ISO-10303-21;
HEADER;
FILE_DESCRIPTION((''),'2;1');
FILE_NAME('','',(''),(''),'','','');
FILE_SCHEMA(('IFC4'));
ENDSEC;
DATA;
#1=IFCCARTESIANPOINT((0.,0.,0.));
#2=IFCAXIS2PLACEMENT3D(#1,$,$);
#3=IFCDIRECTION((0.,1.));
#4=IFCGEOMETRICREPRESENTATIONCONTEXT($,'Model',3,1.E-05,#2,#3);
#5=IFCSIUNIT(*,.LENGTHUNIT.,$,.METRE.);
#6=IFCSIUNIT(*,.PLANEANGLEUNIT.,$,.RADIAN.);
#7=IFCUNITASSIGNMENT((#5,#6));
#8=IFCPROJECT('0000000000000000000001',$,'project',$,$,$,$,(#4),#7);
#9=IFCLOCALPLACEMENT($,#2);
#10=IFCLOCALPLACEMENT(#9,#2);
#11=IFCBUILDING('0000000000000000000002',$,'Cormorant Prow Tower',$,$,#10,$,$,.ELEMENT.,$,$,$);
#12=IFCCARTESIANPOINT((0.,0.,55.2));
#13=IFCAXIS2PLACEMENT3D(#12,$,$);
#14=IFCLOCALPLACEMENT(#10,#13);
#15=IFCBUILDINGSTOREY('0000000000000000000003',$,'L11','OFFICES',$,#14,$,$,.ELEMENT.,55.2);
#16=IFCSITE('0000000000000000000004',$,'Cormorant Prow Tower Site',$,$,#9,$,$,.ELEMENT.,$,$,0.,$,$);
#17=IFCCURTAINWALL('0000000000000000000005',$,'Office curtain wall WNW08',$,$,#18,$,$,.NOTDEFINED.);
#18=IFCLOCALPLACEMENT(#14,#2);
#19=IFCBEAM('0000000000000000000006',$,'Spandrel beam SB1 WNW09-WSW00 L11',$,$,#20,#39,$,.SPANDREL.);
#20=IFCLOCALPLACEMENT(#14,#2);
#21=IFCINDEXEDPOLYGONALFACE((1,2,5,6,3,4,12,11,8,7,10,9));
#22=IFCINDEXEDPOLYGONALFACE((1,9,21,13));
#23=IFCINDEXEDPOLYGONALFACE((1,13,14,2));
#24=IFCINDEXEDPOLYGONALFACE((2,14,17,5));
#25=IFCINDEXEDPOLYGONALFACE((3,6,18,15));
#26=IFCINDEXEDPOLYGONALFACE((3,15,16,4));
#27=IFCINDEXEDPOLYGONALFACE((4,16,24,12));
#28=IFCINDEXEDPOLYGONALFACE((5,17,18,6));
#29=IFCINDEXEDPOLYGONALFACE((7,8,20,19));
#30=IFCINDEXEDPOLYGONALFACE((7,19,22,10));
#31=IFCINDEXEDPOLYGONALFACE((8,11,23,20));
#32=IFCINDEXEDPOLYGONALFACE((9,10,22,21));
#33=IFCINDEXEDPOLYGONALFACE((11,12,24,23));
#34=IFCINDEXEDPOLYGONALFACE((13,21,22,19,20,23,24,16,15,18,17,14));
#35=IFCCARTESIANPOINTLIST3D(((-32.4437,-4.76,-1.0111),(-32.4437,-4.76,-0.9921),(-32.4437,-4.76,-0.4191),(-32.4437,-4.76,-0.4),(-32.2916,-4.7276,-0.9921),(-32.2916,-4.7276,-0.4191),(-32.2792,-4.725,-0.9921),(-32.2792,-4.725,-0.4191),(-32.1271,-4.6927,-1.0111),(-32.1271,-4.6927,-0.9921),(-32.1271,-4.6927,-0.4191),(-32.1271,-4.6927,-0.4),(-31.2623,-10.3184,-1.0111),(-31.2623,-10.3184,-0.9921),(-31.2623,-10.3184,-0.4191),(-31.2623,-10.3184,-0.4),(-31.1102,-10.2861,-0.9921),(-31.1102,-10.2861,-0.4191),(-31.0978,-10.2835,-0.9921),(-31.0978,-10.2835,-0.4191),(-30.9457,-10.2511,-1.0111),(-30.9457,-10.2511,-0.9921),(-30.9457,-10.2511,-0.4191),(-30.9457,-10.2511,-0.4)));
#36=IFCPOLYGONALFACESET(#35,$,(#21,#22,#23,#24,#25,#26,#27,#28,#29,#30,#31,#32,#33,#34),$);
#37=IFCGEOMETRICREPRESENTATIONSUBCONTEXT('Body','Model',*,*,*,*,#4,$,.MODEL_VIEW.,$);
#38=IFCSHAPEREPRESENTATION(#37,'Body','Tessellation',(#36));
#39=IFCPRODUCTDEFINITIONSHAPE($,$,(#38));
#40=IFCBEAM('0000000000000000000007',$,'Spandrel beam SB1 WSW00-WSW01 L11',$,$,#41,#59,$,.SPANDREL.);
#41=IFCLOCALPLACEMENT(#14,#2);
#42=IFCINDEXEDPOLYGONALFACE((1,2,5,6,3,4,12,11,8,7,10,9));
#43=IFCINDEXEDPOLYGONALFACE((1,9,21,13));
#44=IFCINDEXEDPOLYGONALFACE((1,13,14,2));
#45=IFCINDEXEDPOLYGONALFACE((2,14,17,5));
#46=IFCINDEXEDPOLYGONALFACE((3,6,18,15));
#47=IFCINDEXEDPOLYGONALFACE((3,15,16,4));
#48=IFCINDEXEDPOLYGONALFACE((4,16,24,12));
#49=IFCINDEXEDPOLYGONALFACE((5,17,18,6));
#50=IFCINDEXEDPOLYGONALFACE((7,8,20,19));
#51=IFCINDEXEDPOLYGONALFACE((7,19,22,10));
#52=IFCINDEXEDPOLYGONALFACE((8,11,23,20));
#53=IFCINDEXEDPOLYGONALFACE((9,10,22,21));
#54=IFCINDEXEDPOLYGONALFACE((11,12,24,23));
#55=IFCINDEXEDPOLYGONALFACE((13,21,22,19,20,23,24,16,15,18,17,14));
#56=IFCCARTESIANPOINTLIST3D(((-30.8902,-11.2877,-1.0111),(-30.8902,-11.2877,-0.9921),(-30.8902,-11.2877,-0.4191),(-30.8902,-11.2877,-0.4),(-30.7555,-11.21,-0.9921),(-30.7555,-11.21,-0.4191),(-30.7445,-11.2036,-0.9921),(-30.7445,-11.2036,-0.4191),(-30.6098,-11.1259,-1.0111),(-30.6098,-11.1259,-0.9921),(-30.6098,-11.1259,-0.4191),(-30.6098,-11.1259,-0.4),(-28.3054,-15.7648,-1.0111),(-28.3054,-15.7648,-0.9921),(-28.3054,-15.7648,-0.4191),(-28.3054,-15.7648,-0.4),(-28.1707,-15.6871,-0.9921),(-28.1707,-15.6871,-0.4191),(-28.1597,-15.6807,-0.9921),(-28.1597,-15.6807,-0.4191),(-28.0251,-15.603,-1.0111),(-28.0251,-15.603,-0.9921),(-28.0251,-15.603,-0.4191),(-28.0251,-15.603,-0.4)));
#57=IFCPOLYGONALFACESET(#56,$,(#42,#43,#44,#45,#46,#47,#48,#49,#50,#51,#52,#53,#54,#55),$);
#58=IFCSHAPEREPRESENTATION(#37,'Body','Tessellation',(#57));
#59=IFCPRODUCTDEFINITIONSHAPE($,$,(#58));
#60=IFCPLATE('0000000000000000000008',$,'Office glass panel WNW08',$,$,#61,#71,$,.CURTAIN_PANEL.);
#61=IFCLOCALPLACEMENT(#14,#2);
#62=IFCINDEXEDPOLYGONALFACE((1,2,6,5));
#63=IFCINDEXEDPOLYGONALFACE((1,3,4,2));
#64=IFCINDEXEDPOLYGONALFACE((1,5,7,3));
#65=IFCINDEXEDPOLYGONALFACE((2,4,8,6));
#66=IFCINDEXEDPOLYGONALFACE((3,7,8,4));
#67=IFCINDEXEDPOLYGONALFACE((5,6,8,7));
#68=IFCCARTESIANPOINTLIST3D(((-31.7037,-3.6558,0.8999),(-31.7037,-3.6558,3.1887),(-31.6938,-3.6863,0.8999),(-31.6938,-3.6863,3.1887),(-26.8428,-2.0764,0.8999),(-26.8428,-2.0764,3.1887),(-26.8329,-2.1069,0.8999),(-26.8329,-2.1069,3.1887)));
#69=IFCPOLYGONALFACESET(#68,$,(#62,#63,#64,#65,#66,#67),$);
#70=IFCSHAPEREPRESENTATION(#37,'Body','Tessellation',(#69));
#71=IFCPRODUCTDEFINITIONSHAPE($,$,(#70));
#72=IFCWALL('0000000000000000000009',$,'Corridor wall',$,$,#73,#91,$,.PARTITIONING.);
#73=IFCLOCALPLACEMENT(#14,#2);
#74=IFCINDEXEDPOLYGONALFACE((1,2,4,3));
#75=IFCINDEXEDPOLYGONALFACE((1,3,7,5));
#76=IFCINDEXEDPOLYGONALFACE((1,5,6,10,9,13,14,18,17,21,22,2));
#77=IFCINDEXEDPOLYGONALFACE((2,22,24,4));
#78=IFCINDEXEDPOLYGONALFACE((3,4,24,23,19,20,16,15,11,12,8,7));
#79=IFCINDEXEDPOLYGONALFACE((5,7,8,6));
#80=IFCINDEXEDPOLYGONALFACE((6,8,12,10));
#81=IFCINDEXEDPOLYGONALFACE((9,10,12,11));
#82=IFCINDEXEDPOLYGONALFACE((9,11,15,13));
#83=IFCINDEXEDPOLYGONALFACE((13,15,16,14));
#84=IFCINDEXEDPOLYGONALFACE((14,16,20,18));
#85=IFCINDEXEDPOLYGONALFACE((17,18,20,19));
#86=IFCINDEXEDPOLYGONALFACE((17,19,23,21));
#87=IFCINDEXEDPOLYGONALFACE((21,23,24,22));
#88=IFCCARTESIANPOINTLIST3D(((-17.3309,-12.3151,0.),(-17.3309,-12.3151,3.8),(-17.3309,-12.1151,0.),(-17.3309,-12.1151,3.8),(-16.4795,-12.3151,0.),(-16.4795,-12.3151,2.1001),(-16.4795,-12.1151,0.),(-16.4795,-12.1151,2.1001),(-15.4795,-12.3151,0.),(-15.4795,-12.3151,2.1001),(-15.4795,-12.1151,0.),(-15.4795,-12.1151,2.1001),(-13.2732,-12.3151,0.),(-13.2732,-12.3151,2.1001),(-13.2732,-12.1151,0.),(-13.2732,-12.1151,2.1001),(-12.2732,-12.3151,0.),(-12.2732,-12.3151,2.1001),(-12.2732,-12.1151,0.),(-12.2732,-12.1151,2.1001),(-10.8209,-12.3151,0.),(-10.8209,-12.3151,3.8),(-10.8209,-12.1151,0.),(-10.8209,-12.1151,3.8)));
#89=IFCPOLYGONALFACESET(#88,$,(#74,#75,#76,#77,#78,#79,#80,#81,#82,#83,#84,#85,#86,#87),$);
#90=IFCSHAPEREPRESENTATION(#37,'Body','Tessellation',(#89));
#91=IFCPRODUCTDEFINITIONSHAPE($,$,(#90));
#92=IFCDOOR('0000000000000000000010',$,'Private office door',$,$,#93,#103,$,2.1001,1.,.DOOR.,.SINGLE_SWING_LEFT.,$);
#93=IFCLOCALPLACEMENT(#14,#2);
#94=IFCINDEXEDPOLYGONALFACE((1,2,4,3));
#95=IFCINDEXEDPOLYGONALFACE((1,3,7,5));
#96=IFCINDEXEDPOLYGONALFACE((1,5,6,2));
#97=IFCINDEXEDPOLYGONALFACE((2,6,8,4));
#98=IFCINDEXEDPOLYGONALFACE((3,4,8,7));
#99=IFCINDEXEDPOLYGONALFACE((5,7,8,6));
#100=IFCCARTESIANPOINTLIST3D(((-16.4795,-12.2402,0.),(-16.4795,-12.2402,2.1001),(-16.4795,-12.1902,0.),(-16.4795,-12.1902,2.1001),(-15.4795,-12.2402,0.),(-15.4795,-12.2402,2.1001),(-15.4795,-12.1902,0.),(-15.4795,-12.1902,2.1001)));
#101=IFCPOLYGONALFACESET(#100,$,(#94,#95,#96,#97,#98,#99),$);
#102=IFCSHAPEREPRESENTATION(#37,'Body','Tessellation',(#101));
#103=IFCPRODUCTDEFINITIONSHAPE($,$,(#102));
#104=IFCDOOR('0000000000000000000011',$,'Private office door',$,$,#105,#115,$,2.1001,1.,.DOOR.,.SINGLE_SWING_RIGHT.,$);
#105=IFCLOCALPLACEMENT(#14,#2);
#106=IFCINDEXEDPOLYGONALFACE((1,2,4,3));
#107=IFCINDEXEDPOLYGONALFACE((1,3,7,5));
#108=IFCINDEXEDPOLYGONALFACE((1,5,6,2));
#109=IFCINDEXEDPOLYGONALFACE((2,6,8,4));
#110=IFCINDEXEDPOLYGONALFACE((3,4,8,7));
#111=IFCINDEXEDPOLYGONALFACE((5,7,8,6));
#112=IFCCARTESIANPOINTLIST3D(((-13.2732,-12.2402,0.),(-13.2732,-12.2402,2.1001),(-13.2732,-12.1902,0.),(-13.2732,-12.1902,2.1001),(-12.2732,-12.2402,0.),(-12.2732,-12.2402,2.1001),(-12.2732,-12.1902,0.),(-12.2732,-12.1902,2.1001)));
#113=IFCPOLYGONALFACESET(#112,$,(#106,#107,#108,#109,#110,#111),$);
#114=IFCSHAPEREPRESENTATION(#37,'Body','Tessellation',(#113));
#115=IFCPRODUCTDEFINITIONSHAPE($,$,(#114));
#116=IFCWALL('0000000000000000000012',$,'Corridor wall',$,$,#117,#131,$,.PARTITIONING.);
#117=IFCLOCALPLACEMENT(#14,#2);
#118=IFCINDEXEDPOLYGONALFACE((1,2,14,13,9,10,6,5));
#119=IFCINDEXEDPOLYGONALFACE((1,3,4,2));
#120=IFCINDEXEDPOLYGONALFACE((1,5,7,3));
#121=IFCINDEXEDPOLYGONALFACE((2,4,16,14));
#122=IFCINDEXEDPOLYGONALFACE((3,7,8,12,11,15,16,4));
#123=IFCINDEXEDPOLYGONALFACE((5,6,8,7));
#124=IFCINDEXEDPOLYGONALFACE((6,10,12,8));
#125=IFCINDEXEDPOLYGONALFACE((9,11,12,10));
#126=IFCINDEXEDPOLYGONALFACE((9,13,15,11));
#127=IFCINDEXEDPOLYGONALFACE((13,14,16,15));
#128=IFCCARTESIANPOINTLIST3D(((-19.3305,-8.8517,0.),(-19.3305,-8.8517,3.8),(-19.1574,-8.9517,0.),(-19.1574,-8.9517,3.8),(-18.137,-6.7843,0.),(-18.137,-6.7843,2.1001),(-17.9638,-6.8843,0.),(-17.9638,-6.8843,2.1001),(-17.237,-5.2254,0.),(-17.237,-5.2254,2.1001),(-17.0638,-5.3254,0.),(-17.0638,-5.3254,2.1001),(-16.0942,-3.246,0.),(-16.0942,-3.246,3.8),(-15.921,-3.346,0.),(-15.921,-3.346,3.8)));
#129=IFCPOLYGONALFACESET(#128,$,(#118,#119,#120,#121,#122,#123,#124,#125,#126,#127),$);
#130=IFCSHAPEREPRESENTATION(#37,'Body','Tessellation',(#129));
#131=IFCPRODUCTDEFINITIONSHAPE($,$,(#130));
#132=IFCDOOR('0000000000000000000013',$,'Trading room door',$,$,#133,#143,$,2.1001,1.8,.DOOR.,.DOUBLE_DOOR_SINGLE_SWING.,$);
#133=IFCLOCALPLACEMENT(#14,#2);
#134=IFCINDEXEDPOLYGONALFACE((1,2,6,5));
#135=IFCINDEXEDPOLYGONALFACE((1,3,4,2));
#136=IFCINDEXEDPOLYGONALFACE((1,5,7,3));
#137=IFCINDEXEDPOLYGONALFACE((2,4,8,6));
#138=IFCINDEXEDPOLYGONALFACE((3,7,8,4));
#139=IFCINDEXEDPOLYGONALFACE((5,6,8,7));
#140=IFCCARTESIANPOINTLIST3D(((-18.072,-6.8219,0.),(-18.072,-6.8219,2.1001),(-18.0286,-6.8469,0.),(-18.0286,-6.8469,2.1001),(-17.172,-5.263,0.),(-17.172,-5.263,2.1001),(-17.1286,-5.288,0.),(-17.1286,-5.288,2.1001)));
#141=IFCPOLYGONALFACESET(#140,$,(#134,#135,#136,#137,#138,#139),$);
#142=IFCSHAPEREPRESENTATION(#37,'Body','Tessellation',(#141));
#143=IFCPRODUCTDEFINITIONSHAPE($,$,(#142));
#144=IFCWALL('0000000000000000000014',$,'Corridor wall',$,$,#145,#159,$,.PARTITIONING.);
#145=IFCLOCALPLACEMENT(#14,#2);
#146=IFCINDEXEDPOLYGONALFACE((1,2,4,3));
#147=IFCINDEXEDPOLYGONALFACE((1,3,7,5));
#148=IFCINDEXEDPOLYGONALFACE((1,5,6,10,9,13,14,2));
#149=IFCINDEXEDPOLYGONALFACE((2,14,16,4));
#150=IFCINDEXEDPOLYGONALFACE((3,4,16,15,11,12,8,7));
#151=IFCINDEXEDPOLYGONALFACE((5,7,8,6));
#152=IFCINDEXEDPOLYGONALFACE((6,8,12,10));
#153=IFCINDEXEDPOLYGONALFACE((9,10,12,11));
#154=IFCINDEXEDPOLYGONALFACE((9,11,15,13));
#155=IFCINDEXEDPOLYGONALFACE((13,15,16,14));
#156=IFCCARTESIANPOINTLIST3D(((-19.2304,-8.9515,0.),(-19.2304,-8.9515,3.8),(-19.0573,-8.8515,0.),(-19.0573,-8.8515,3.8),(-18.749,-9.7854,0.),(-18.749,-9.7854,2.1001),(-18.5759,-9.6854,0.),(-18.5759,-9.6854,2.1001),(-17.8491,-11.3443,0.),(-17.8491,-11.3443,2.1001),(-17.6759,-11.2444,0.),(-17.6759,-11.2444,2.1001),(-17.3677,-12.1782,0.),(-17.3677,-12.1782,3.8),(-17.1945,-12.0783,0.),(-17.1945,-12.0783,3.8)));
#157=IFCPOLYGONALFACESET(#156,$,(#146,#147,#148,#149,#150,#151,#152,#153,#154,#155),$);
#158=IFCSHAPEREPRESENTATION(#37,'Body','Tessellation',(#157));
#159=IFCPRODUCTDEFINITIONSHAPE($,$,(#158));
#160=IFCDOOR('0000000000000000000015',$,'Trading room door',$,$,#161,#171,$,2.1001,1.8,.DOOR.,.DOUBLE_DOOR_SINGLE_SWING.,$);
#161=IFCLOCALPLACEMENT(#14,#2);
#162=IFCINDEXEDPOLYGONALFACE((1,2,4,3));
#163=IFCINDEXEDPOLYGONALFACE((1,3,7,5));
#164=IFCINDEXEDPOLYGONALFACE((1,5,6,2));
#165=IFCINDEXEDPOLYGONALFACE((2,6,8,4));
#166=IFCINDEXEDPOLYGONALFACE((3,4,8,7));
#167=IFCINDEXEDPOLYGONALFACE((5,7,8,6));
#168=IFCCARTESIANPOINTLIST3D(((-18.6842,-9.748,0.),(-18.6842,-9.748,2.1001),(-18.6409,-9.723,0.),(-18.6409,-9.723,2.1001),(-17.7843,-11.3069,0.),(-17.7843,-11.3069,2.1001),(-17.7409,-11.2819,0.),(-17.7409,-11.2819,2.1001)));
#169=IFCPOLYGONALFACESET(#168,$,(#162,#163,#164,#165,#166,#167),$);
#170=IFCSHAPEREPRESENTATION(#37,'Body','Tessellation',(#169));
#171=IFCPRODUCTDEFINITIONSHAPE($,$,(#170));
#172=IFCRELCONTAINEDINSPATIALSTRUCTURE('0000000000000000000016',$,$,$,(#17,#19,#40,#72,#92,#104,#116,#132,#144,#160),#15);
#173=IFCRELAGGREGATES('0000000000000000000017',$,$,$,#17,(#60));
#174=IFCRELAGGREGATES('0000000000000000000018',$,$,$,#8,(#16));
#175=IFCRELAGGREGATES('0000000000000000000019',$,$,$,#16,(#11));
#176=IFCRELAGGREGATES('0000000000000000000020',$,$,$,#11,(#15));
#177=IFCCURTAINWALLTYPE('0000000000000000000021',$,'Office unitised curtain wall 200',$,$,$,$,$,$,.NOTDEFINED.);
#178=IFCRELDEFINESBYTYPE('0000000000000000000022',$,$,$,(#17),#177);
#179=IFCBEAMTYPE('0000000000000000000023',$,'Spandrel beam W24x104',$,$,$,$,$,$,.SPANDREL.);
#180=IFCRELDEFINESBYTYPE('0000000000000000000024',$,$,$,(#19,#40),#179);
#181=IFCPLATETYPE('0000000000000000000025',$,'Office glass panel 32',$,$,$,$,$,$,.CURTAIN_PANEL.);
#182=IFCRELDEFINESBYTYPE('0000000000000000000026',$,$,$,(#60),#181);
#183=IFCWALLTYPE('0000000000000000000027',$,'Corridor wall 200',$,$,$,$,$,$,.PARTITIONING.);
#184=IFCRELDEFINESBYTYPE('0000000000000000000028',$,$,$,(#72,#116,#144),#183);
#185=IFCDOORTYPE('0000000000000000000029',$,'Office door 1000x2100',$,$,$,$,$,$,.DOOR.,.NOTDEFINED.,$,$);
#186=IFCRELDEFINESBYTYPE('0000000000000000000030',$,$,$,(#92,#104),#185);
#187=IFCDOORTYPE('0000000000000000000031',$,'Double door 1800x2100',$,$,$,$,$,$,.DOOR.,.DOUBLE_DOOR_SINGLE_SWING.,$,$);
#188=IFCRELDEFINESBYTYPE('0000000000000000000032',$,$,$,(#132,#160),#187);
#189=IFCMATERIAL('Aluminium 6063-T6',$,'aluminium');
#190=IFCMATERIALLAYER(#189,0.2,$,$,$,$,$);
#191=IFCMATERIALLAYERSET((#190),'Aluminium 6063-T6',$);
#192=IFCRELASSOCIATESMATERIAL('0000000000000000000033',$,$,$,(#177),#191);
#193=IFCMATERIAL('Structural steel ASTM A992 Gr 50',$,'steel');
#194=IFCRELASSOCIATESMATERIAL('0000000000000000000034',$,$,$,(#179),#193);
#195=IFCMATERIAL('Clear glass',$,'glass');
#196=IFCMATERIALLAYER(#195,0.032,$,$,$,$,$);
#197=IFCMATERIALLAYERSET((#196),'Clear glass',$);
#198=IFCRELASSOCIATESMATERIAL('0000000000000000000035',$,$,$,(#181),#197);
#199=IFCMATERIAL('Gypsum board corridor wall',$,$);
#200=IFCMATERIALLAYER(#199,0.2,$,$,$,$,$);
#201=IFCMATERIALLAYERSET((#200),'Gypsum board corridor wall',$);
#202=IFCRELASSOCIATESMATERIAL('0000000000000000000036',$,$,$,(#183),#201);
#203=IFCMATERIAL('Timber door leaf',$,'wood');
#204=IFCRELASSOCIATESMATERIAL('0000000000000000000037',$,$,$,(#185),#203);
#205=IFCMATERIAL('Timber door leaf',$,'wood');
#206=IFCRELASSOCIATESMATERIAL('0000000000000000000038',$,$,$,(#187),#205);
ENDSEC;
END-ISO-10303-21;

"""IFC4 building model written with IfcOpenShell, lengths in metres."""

from ifc_helpers import new_model, si_unit, direction, frame, frame_2d, origin, origin_2d, place, context, subcontext, project, spatial, rectangle, i_section, extrude, material, layer, layer_set, material_profile, profile_set, type_object, element, fill, aggregate, save


model = new_model("IFC4")

# Units and contexts
model_context = context("Model", 3, precision=1e-05, world=origin(), true_north=direction((0.0, 1.0)))
body_context = subcontext(model_context, "Body", "Model", "MODEL_VIEW")
ifc_project = project(units=[si_unit("LENGTHUNIT", "METRE"), si_unit("PLANEANGLEUNIT", "RADIAN")], contexts=[model_context])

# Site, building, storey
site_placement = place(None, origin())
site = spatial("IfcSite", under=ifc_project, at=site_placement, Name="Cormorant Prow Tower Site", CompositionType="ELEMENT", RefElevation=0.0)
building_placement = place(site_placement, origin())
building = spatial("IfcBuilding", under=site, at=building_placement, Name="Cormorant Prow Tower", CompositionType="ELEMENT")
storey_placement = place(building_placement, frame((0.0, 0.0, 55.2)))
storey = spatial("IfcBuildingStorey", under=building, at=storey_placement, Name="L11", Description="OFFICES", CompositionType="ELEMENT", Elevation=55.2)

# Curtain wall
ifc_material_1 = material(Name="Aluminium 6063-T6", Category="aluminium")
ifc_layer_1 = layer(ifc_material_1, 0.2)
ifc_layer_set_1 = layer_set([ifc_layer_1], Name="Aluminium 6063-T6")
curtain_wall_type = type_object("IfcCurtainWallType", Name="Office unitised curtain wall 200", PredefinedType="NOTDEFINED", material=ifc_layer_set_1)
curtain_wall_placement = place(storey_placement, origin())
curtain_wall = element("IfcCurtainWall", 1, at=curtain_wall_placement, inside=storey, type_object=curtain_wall_type, Name="Office curtain wall WNW08", PredefinedType="NOTDEFINED")

# Beams
ifc_material_2 = material(Name="Structural steel ASTM A992 Gr 50", Category="steel")
ifc_material_profile_1 = material_profile(ifc_material_2, i_section(OverallWidth=0.3237, OverallDepth=0.6111, WebThickness=0.0127, FlangeThickness=0.019, at=origin_2d()), Name="W24x104")
ifc_profile_set_1 = profile_set([ifc_material_profile_1], Name="Structural steel ASTM A992 Gr 50")
beam_type_1 = type_object("IfcBeamType", Name="Spandrel beam W24x104", PredefinedType="SPANDREL", material=ifc_profile_set_1)
beam_1_placement = place(storey_placement, frame((-32.2854, -4.7263, -0.7056), z_axis=(0.2079, -0.97815, 0.0), x_axis=(0.97815, 0.2079, 0.0)))
element("IfcBeam", 2, at=beam_1_placement, inside=storey, type_object=beam_type_1, Name="Spandrel beam SB1 WNW09-WSW00 L11", PredefinedType="SPANDREL", context=body_context, shape_type="SweptSolid", body=[
    extrude(i_section(OverallWidth=0.3237, OverallDepth=0.6111, WebThickness=0.0127, FlangeThickness=0.019, at=origin_2d()), origin(), (0.0, 0.0, 1.0), 5.6826),
])
beam_2_placement = place(storey_placement, frame((-30.75, -11.2068, -0.7056), z_axis=(0.499984, -0.866035, 0.0), x_axis=(0.866035, 0.499984, 0.0)))
element("IfcBeam", 3, at=beam_2_placement, inside=storey, type_object=beam_type_1, Name="Spandrel beam SB1 WSW00-WSW01 L11", PredefinedType="SPANDREL", context=body_context, shape_type="SweptSolid", body=[
    extrude(i_section(OverallWidth=0.3237, OverallDepth=0.6111, WebThickness=0.0127, FlangeThickness=0.019, at=origin_2d()), origin(), (0.0, 0.0, 1.0), 5.1697),
])

# Plate
ifc_material_3 = material(Name="Clear glass", Category="glass")
ifc_layer_2 = layer(ifc_material_3, 0.032)
ifc_layer_set_2 = layer_set([ifc_layer_2], Name="Clear glass")
plate_type = type_object("IfcPlateType", Name="Office glass panel 32", PredefinedType="CURTAIN_PANEL", material=ifc_layer_set_2)
plate_placement = place(storey_placement, frame((-29.2683, -2.8813, 0.8999), z_axis=(0.0, 0.0, 1.0), x_axis=(-0.951057, -0.309017, 0.0)))
plate = element("IfcPlate", 4, at=plate_placement, type_object=plate_type, Name="Office glass panel WNW08", PredefinedType="CURTAIN_PANEL", context=body_context, shape_type="SweptSolid", body=[
    extrude(rectangle(XDim=5.1111, YDim=0.032, at=origin_2d()), origin(), (0.0, 0.0, 1.0), 2.2888),
])
aggregate(curtain_wall, [plate])

# Wall, openings, doors
ifc_material_4 = material(Name="Gypsum board corridor wall")
ifc_layer_3 = layer(ifc_material_4, 0.2)
ifc_layer_set_3 = layer_set([ifc_layer_3], Name="Gypsum board corridor wall")
wall_type_1 = type_object("IfcWallType", Name="Corridor wall 200", PredefinedType="PARTITIONING", material=ifc_layer_set_3)
wall_1_placement = place(storey_placement, frame((-17.3308, -12.2151, 0.0), z_axis=(0.0, 0.0, 1.0), x_axis=(1.0, 0.0, 0.0)))
wall_1 = element("IfcWall", 5, at=wall_1_placement, inside=storey, type_object=wall_type_1, Name="Corridor wall", PredefinedType="PARTITIONING", context=body_context, shape_type="SweptSolid", body=[
    extrude(rectangle(XDim=6.51, YDim=0.2, at=frame_2d((3.2549, 0.0))), origin(), (0.0, 0.0, 1.0), 3.8),
])
opening_1_placement = place(wall_1_placement, frame((0.8513, 0.0, 0.0)))
opening_1 = element("IfcOpeningElement", 6, at=opening_1_placement, cuts=wall_1, PredefinedType="OPENING", context=body_context, shape_type="SweptSolid", body=[
    extrude(rectangle(XDim=1.0, YDim=2.1001, at=frame_2d((0.5, 1.05))), frame((0.0, 0.1099, 0.0), z_axis=(0.0, -1.0, 0.0), x_axis=(1.0, 0.0, 0.0)), (0.0, 0.0, 1.0), 0.22),
])
opening_2_placement = place(wall_1_placement, frame((4.0576, 0.0, 0.0)))
opening_2 = element("IfcOpeningElement", 7, at=opening_2_placement, cuts=wall_1, PredefinedType="OPENING", context=body_context, shape_type="SweptSolid", body=[
    extrude(rectangle(XDim=1.0, YDim=2.1001, at=frame_2d((0.5, 1.05))), frame((0.0, 0.1099, 0.0), z_axis=(0.0, -1.0, 0.0), x_axis=(1.0, 0.0, 0.0)), (0.0, 0.0, 1.0), 0.22),
])
ifc_material_5 = material(Name="Timber door leaf", Category="wood")
door_type_1 = type_object("IfcDoorType", Name="Office door 1000x2100", OperationType="NOTDEFINED", PredefinedType="DOOR", material=ifc_material_5)
door_1_placement = place(opening_1_placement, origin())
door_1 = element("IfcDoor", 8, at=door_1_placement, inside=storey, type_object=door_type_1, Name="Private office door", OperationType="SINGLE_SWING_LEFT", OverallHeight=2.1001, OverallWidth=1.0, PredefinedType="DOOR", context=body_context, shape_type="SweptSolid", body=[
    extrude(rectangle(XDim=1.0, YDim=2.1001, at=frame_2d((0.5, 1.05))), frame((0.0, 0.0249, 0.0), z_axis=(0.0, -1.0, 0.0), x_axis=(1.0, 0.0, 0.0)), (0.0, 0.0, 1.0), 0.05),
])
fill(opening_1, door_1)
door_2_placement = place(opening_2_placement, origin())
door_2 = element("IfcDoor", 9, at=door_2_placement, inside=storey, type_object=door_type_1, Name="Private office door", OperationType="SINGLE_SWING_RIGHT", OverallHeight=2.1001, OverallWidth=1.0, PredefinedType="DOOR", context=body_context, shape_type="SweptSolid", body=[
    extrude(rectangle(XDim=1.0, YDim=2.1001, at=frame_2d((0.5, 1.05))), frame((0.0, 0.0249, 0.0), z_axis=(0.0, -1.0, 0.0), x_axis=(1.0, 0.0, 0.0)), (0.0, 0.0, 1.0), 0.05),
])
fill(opening_2, door_2)

# Walls, openings, doors
wall_2_placement = place(storey_placement, frame((-19.2439, -8.9016, 0.0), z_axis=(0.0, 0.0, 1.0), x_axis=(0.499985, 0.866034, 0.0)))
wall_2 = element("IfcWall", 10, at=wall_2_placement, inside=storey, type_object=wall_type_1, Name="Corridor wall", PredefinedType="PARTITIONING", context=body_context, shape_type="SweptSolid", body=[
    extrude(rectangle(XDim=6.4729, YDim=0.2, at=frame_2d((3.2363, 0.0))), origin(), (0.0, 0.0, 1.0), 3.8),
])
opening_3_placement = place(wall_2_placement, frame((2.3872, 0.0, 0.0)))
opening_3 = element("IfcOpeningElement", 11, at=opening_3_placement, cuts=wall_2, PredefinedType="OPENING", context=body_context, shape_type="SweptSolid", body=[
    extrude(rectangle(XDim=1.8, YDim=2.1001, at=frame_2d((0.8999, 1.05))), frame((0.0, 0.1099, 0.0), z_axis=(0.0, -1.0, 0.0), x_axis=(1.0, 0.0, 0.0)), (0.0, 0.0, 1.0), 0.22),
])
ifc_material_6 = material(Name="Timber door leaf", Category="wood")
door_type_2 = type_object("IfcDoorType", Name="Double door 1800x2100", OperationType="DOUBLE_DOOR_SINGLE_SWING", PredefinedType="DOOR", material=ifc_material_6)
door_3_placement = place(opening_3_placement, origin())
door_3 = element("IfcDoor", 12, at=door_3_placement, inside=storey, type_object=door_type_2, Name="Trading room door", OperationType="DOUBLE_DOOR_SINGLE_SWING", OverallHeight=2.1001, OverallWidth=1.8, PredefinedType="DOOR", context=body_context, shape_type="SweptSolid", body=[
    extrude(rectangle(XDim=1.8, YDim=2.1001, at=frame_2d((0.8999, 1.05))), frame((0.0, 0.0249, 0.0), z_axis=(0.0, -1.0, 0.0), x_axis=(1.0, 0.0, 0.0)), (0.0, 0.0, 1.0), 0.05),
])
fill(opening_3, door_3)
wall_3_placement = place(storey_placement, frame((-19.1438, -8.9016, 0.0), z_axis=(0.0, 0.0, 1.0), x_axis=(0.499959, -0.866049, 0.0)))
wall_3 = element("IfcWall", 13, at=wall_3_placement, inside=storey, type_object=wall_type_1, Name="Corridor wall", PredefinedType="PARTITIONING", context=body_context, shape_type="SweptSolid", body=[
    extrude(rectangle(XDim=3.7258, YDim=0.2, at=frame_2d((1.8628, 0.0))), origin(), (0.0, 0.0, 1.0), 3.8),
])
opening_4_placement = place(wall_3_placement, frame((0.9629, 0.0, 0.0)))
opening_4 = element("IfcOpeningElement", 14, at=opening_4_placement, cuts=wall_3, PredefinedType="OPENING", context=body_context, shape_type="SweptSolid", body=[
    extrude(rectangle(XDim=1.8, YDim=2.1001, at=frame_2d((0.8999, 1.05))), frame((0.0, 0.1099, 0.0), z_axis=(0.0, -1.0, 0.0), x_axis=(1.0, 0.0, 0.0)), (0.0, 0.0, 1.0), 0.22),
])
door_4_placement = place(opening_4_placement, origin())
door_4 = element("IfcDoor", 15, at=door_4_placement, inside=storey, type_object=door_type_2, Name="Trading room door", OperationType="DOUBLE_DOOR_SINGLE_SWING", OverallHeight=2.1001, OverallWidth=1.8, PredefinedType="DOOR", context=body_context, shape_type="SweptSolid", body=[
    extrude(rectangle(XDim=1.8, YDim=2.1001, at=frame_2d((0.8999, 1.05))), frame((0.0, 0.0249, 0.0), z_axis=(0.0, -1.0, 0.0), x_axis=(1.0, 0.0, 0.0)), (0.0, 0.0, 1.0), 0.05),
])
fill(opening_4, door_4)

save(model, "model.ifc")
